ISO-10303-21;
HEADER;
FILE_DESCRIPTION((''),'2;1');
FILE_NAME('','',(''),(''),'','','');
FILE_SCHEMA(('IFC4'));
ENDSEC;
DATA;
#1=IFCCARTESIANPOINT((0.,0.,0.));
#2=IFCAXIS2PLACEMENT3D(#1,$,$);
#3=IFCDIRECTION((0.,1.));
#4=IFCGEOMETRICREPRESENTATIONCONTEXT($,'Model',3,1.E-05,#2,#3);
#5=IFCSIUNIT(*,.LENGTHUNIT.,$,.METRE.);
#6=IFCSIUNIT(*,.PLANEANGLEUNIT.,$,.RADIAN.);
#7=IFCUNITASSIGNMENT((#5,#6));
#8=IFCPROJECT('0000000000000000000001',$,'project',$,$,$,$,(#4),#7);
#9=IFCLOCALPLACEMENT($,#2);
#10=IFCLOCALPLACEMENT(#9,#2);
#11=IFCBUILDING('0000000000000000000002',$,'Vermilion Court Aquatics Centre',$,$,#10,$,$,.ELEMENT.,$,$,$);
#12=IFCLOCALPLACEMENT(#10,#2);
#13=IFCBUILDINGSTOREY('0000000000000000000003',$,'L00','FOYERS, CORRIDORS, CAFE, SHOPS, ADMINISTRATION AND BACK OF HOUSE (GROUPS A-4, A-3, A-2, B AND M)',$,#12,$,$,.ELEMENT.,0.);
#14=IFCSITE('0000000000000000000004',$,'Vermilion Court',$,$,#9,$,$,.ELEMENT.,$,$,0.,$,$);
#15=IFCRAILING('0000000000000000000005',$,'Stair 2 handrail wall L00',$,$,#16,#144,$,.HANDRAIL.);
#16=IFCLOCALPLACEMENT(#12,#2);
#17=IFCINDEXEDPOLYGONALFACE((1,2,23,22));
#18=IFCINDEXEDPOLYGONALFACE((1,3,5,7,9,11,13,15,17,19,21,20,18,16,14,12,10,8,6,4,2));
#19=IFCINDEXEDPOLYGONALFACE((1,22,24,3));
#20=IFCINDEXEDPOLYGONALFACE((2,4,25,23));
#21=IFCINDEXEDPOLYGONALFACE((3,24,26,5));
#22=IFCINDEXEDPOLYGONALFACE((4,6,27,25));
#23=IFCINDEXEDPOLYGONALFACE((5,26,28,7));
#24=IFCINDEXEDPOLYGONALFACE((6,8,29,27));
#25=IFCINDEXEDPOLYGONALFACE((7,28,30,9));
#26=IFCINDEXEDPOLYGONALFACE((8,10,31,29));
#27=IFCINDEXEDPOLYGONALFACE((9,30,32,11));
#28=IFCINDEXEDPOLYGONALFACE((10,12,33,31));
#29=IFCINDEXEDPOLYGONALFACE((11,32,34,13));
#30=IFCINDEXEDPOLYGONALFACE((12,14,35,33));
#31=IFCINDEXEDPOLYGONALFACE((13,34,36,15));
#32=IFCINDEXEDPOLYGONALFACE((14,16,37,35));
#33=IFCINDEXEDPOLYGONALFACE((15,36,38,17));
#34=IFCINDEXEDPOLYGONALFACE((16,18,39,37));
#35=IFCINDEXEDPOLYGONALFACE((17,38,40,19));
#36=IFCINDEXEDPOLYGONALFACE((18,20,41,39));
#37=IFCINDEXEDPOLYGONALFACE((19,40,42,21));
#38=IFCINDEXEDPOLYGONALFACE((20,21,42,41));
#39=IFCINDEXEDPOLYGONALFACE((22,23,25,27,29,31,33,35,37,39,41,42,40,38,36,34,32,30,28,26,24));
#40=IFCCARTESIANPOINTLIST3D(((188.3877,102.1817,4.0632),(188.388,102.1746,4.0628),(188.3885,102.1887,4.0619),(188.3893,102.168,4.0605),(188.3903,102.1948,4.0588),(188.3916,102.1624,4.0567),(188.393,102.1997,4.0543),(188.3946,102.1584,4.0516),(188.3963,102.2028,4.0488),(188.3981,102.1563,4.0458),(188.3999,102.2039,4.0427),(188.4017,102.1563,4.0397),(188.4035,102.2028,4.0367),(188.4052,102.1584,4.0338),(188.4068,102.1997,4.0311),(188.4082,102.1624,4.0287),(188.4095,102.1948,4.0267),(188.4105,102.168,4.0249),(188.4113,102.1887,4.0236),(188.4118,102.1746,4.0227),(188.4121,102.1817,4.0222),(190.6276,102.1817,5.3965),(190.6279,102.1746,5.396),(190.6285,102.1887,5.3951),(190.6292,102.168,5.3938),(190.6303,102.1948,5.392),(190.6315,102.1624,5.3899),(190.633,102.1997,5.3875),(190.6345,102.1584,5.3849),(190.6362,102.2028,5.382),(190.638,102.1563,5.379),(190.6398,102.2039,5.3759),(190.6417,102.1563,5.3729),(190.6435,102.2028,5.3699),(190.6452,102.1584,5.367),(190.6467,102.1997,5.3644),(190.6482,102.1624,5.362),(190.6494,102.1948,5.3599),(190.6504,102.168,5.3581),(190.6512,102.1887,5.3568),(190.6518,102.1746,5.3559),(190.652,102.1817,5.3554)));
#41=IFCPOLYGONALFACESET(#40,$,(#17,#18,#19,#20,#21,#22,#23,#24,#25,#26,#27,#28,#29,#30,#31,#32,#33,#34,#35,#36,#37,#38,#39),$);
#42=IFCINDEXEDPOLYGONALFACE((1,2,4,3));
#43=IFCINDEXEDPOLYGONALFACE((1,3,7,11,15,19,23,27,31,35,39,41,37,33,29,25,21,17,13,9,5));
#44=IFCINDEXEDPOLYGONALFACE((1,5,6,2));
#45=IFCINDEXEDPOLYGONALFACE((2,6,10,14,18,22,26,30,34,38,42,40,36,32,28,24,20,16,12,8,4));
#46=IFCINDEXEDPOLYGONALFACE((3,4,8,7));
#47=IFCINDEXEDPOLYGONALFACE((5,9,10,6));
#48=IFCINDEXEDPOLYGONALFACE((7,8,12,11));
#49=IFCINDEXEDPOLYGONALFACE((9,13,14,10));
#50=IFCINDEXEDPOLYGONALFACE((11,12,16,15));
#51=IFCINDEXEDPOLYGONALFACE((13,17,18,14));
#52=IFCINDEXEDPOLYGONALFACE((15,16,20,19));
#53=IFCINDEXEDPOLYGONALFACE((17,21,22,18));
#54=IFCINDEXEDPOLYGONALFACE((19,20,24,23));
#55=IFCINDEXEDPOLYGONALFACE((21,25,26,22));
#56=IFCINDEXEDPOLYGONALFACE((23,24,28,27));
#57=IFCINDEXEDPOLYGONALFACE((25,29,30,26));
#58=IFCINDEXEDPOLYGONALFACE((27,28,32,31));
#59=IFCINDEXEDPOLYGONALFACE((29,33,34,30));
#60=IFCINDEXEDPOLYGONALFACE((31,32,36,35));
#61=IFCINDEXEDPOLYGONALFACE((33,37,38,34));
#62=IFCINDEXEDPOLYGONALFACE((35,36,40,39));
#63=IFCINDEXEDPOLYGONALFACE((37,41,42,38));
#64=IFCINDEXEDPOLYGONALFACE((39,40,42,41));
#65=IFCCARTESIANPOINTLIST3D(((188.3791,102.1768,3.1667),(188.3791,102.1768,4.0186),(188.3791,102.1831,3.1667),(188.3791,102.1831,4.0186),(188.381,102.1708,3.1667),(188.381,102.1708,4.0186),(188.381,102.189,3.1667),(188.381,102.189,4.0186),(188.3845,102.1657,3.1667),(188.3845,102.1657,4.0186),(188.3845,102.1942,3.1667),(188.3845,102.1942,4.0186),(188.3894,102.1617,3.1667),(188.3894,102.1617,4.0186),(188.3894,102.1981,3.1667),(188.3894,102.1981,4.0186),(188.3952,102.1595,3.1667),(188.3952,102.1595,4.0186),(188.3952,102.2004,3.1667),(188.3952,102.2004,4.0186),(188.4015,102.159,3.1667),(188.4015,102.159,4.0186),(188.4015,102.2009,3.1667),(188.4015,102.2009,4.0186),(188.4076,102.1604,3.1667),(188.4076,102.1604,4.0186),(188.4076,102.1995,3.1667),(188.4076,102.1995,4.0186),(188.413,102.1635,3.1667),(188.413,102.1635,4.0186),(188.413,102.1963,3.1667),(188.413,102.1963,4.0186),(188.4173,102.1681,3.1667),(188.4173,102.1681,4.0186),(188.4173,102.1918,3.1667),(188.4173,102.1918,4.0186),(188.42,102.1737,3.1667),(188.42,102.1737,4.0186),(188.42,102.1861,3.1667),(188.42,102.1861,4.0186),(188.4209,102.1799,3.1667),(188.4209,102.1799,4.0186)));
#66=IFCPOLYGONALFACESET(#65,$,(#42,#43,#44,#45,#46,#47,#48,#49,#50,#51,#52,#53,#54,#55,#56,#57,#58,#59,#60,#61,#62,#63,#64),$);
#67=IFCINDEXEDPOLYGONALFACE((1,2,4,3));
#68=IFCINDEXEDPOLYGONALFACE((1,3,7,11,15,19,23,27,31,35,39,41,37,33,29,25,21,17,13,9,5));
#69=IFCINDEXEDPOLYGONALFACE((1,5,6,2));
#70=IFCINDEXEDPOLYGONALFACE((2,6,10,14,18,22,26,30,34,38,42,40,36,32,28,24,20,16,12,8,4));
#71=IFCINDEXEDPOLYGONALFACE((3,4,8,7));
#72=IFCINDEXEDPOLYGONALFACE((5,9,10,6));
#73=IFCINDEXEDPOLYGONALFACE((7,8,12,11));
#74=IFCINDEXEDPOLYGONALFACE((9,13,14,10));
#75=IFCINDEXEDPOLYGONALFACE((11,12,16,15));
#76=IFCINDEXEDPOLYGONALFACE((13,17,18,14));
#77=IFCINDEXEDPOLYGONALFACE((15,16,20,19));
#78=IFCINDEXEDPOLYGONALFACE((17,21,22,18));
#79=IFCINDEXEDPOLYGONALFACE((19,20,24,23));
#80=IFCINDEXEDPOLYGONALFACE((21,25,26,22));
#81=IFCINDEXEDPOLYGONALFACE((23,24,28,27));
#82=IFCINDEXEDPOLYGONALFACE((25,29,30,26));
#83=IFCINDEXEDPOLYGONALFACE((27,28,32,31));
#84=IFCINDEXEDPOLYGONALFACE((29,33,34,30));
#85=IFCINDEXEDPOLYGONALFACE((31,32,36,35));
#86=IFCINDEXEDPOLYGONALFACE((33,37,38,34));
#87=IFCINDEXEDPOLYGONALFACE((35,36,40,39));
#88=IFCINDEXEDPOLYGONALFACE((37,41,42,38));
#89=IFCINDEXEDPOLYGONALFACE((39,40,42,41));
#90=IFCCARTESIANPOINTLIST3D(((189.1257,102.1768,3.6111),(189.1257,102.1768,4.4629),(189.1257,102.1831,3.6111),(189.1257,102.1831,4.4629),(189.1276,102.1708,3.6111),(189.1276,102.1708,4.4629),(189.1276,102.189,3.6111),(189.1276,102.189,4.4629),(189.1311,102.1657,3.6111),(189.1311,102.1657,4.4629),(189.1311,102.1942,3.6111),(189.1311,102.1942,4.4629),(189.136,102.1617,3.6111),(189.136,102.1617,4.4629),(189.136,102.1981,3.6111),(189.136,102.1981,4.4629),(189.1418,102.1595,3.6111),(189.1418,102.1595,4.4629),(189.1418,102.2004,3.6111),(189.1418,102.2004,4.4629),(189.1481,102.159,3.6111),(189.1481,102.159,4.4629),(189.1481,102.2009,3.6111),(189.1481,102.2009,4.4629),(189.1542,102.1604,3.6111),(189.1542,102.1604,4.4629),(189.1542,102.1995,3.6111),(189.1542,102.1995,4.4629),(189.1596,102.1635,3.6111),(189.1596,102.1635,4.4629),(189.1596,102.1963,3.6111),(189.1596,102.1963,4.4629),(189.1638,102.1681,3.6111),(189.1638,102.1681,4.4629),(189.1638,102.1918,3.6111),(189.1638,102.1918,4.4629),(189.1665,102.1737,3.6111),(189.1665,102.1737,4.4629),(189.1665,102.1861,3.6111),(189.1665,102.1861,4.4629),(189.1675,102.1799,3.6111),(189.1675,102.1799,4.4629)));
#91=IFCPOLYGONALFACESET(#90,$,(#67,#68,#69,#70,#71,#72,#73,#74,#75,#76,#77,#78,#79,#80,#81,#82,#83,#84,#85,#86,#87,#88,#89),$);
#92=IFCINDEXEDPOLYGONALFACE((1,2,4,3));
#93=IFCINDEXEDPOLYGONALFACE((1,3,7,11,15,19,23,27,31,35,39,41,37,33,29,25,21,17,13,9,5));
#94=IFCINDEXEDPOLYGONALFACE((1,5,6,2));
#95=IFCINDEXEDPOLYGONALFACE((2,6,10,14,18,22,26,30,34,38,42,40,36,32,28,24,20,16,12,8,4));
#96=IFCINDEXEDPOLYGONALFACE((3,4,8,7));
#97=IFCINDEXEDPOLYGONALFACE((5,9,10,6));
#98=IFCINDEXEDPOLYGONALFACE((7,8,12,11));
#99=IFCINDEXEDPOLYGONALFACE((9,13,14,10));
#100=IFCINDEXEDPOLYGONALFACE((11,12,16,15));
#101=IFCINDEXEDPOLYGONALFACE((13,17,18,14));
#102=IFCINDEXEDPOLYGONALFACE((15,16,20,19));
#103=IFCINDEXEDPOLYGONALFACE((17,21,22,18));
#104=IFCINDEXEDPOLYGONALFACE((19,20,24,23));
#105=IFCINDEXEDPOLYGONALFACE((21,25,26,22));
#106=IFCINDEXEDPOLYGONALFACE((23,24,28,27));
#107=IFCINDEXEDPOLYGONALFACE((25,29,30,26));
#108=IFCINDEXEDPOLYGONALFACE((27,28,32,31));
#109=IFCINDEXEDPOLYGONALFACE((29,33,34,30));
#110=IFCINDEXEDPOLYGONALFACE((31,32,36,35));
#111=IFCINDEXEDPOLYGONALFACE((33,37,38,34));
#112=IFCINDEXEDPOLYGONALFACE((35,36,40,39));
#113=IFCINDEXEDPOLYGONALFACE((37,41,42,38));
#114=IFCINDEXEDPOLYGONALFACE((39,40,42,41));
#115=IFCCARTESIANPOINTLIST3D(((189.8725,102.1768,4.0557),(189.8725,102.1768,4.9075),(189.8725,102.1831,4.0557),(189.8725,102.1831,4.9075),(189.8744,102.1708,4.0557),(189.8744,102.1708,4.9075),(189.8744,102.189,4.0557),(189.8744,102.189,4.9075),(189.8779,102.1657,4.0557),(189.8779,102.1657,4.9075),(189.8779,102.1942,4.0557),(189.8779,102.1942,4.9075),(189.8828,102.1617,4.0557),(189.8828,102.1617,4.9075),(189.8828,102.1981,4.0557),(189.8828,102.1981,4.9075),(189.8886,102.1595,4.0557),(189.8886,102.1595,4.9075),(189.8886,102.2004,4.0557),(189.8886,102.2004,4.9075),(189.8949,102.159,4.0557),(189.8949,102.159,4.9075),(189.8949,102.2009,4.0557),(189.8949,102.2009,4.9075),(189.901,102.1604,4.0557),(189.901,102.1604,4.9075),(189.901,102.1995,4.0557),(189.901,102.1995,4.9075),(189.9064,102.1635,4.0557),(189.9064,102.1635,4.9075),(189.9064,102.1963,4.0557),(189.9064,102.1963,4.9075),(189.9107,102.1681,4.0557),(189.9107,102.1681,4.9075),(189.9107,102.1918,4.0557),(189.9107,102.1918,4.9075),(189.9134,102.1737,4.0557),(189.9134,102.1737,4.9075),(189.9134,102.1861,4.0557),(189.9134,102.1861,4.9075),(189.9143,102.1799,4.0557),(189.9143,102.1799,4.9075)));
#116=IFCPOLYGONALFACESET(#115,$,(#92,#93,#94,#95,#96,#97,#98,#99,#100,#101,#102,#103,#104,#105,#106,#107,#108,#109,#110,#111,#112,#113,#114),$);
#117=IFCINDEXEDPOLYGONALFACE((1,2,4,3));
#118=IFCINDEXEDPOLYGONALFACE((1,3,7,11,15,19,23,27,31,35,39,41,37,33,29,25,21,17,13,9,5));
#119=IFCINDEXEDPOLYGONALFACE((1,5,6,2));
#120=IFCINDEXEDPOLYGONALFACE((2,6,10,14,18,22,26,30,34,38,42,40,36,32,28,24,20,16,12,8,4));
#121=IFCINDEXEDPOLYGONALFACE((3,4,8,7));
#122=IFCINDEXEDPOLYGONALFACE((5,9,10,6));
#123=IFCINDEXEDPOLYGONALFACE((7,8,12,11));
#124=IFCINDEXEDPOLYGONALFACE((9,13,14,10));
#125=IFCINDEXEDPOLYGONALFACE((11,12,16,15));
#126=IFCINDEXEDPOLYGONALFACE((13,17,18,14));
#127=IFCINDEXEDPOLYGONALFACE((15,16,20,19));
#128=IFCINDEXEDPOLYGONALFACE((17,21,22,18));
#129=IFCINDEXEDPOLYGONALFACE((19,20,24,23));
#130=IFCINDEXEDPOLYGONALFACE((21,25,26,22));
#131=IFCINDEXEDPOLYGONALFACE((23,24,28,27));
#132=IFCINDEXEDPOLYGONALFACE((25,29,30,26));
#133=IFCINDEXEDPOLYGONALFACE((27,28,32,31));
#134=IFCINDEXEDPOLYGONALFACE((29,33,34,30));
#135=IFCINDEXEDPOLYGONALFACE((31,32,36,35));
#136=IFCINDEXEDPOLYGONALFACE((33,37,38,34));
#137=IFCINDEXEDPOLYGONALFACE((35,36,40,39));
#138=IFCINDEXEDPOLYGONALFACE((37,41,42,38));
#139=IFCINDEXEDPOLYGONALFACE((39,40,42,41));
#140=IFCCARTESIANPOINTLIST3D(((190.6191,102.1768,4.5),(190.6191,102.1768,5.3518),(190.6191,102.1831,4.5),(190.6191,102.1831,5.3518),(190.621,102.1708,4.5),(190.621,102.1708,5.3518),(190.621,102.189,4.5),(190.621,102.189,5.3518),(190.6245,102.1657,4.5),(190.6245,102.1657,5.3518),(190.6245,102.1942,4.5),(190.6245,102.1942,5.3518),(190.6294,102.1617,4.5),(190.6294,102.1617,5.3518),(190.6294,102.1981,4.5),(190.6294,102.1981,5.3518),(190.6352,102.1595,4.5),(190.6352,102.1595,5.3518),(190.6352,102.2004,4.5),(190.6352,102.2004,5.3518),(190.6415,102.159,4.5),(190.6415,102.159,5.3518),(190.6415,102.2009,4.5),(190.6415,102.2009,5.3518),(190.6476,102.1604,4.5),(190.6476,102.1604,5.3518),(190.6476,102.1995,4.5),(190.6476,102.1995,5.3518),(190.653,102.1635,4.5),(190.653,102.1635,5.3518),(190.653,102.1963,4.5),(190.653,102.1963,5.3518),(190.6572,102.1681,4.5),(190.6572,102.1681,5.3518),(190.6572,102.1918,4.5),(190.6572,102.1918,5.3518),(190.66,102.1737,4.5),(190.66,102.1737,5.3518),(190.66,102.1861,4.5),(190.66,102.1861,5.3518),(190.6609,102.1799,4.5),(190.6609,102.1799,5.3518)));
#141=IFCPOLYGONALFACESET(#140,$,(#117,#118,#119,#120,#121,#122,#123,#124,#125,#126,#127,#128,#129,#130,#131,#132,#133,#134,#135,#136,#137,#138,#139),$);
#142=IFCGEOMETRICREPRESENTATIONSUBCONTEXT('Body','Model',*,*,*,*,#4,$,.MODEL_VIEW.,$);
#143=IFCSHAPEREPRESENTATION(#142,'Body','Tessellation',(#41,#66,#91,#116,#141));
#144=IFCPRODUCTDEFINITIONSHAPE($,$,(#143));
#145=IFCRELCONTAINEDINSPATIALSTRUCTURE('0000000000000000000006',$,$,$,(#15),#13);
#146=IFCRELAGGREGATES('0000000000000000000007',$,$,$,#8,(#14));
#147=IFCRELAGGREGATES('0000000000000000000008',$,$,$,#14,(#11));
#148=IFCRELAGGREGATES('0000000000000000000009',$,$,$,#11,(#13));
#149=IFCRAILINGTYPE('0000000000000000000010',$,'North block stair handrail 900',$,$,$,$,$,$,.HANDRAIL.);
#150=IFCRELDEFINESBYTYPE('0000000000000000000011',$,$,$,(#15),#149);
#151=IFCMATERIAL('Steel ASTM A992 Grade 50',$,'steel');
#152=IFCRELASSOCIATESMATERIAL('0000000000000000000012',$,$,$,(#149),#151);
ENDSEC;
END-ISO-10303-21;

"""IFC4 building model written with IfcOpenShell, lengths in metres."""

from ifc_helpers import new_model, si_unit, direction, frame, origin, origin_2d, place, context, subcontext, project, spatial, circle, extrude, material, type_object, element, save


model = new_model("IFC4")

# Units and contexts
model_context = context("Model", 3, precision=1e-05, world=origin(), true_north=direction((0.0, 1.0)))
body_context = subcontext(model_context, "Body", "Model", "MODEL_VIEW")
ifc_project = project(units=[si_unit("LENGTHUNIT", "METRE"), si_unit("PLANEANGLEUNIT", "RADIAN")], contexts=[model_context])

# Site, building, storey
site_placement = place(None, origin())
site = spatial("IfcSite", under=ifc_project, at=site_placement, Name="Vermilion Court", CompositionType="ELEMENT", RefElevation=0.0)
building_placement = place(site_placement, origin())
building = spatial("IfcBuilding", under=site, at=building_placement, Name="Vermilion Court Aquatics Centre", CompositionType="ELEMENT")
storey_placement = place(building_placement, origin())
storey = spatial("IfcBuildingStorey", under=building, at=storey_placement, Name="L00", Description="FOYERS, CORRIDORS, CAFE, SHOPS, ADMINISTRATION AND BACK OF HOUSE (GROUPS A-4, A-3, A-2, B AND M)", CompositionType="ELEMENT", Elevation=0.0)

# Railing
ifc_material_1 = material(Name="Steel ASTM A992 Grade 50", Category="steel")
railing_type_1 = type_object("IfcRailingType", Name="North block stair handrail 900", PredefinedType="HANDRAIL", material=ifc_material_1)
for number, where, name in (
    (1, (188.3999, 102.1799, 3.1667), "Stair 2 handrail wall L00"),
):
    element("IfcRailing", number, at=place(storey_placement, frame(where)), inside=storey, type_object=railing_type_1, Name=name, PredefinedType="HANDRAIL", context=body_context, shape_type="SweptSolid", body=[
        extrude(circle(Radius=0.0239, at=origin_2d()), frame((0.0, 0.0, 0.876), z_axis=(0.859306, 0.0, 0.511462), x_axis=(0.0, 1.0, 0.0)), (0.0, 0.0, 1.0), 2.6067),
        extrude(circle(Radius=0.021, at=origin_2d()), origin(), (0.0, 0.0, 1.0), 0.8518),
        extrude(circle(Radius=0.021, at=origin_2d()), frame((0.7466, 0.0, 0.4443)), (0.0, 0.0, 1.0), 0.8518),
        extrude(circle(Radius=0.021, at=origin_2d()), frame((1.4934, 0.0, 0.8889)), (0.0, 0.0, 1.0), 0.8518),
        extrude(circle(Radius=0.021, at=origin_2d()), frame((2.24, 0.0, 1.3333)), (0.0, 0.0, 1.0), 0.8518),
    ])

save(model, "model.ifc")
